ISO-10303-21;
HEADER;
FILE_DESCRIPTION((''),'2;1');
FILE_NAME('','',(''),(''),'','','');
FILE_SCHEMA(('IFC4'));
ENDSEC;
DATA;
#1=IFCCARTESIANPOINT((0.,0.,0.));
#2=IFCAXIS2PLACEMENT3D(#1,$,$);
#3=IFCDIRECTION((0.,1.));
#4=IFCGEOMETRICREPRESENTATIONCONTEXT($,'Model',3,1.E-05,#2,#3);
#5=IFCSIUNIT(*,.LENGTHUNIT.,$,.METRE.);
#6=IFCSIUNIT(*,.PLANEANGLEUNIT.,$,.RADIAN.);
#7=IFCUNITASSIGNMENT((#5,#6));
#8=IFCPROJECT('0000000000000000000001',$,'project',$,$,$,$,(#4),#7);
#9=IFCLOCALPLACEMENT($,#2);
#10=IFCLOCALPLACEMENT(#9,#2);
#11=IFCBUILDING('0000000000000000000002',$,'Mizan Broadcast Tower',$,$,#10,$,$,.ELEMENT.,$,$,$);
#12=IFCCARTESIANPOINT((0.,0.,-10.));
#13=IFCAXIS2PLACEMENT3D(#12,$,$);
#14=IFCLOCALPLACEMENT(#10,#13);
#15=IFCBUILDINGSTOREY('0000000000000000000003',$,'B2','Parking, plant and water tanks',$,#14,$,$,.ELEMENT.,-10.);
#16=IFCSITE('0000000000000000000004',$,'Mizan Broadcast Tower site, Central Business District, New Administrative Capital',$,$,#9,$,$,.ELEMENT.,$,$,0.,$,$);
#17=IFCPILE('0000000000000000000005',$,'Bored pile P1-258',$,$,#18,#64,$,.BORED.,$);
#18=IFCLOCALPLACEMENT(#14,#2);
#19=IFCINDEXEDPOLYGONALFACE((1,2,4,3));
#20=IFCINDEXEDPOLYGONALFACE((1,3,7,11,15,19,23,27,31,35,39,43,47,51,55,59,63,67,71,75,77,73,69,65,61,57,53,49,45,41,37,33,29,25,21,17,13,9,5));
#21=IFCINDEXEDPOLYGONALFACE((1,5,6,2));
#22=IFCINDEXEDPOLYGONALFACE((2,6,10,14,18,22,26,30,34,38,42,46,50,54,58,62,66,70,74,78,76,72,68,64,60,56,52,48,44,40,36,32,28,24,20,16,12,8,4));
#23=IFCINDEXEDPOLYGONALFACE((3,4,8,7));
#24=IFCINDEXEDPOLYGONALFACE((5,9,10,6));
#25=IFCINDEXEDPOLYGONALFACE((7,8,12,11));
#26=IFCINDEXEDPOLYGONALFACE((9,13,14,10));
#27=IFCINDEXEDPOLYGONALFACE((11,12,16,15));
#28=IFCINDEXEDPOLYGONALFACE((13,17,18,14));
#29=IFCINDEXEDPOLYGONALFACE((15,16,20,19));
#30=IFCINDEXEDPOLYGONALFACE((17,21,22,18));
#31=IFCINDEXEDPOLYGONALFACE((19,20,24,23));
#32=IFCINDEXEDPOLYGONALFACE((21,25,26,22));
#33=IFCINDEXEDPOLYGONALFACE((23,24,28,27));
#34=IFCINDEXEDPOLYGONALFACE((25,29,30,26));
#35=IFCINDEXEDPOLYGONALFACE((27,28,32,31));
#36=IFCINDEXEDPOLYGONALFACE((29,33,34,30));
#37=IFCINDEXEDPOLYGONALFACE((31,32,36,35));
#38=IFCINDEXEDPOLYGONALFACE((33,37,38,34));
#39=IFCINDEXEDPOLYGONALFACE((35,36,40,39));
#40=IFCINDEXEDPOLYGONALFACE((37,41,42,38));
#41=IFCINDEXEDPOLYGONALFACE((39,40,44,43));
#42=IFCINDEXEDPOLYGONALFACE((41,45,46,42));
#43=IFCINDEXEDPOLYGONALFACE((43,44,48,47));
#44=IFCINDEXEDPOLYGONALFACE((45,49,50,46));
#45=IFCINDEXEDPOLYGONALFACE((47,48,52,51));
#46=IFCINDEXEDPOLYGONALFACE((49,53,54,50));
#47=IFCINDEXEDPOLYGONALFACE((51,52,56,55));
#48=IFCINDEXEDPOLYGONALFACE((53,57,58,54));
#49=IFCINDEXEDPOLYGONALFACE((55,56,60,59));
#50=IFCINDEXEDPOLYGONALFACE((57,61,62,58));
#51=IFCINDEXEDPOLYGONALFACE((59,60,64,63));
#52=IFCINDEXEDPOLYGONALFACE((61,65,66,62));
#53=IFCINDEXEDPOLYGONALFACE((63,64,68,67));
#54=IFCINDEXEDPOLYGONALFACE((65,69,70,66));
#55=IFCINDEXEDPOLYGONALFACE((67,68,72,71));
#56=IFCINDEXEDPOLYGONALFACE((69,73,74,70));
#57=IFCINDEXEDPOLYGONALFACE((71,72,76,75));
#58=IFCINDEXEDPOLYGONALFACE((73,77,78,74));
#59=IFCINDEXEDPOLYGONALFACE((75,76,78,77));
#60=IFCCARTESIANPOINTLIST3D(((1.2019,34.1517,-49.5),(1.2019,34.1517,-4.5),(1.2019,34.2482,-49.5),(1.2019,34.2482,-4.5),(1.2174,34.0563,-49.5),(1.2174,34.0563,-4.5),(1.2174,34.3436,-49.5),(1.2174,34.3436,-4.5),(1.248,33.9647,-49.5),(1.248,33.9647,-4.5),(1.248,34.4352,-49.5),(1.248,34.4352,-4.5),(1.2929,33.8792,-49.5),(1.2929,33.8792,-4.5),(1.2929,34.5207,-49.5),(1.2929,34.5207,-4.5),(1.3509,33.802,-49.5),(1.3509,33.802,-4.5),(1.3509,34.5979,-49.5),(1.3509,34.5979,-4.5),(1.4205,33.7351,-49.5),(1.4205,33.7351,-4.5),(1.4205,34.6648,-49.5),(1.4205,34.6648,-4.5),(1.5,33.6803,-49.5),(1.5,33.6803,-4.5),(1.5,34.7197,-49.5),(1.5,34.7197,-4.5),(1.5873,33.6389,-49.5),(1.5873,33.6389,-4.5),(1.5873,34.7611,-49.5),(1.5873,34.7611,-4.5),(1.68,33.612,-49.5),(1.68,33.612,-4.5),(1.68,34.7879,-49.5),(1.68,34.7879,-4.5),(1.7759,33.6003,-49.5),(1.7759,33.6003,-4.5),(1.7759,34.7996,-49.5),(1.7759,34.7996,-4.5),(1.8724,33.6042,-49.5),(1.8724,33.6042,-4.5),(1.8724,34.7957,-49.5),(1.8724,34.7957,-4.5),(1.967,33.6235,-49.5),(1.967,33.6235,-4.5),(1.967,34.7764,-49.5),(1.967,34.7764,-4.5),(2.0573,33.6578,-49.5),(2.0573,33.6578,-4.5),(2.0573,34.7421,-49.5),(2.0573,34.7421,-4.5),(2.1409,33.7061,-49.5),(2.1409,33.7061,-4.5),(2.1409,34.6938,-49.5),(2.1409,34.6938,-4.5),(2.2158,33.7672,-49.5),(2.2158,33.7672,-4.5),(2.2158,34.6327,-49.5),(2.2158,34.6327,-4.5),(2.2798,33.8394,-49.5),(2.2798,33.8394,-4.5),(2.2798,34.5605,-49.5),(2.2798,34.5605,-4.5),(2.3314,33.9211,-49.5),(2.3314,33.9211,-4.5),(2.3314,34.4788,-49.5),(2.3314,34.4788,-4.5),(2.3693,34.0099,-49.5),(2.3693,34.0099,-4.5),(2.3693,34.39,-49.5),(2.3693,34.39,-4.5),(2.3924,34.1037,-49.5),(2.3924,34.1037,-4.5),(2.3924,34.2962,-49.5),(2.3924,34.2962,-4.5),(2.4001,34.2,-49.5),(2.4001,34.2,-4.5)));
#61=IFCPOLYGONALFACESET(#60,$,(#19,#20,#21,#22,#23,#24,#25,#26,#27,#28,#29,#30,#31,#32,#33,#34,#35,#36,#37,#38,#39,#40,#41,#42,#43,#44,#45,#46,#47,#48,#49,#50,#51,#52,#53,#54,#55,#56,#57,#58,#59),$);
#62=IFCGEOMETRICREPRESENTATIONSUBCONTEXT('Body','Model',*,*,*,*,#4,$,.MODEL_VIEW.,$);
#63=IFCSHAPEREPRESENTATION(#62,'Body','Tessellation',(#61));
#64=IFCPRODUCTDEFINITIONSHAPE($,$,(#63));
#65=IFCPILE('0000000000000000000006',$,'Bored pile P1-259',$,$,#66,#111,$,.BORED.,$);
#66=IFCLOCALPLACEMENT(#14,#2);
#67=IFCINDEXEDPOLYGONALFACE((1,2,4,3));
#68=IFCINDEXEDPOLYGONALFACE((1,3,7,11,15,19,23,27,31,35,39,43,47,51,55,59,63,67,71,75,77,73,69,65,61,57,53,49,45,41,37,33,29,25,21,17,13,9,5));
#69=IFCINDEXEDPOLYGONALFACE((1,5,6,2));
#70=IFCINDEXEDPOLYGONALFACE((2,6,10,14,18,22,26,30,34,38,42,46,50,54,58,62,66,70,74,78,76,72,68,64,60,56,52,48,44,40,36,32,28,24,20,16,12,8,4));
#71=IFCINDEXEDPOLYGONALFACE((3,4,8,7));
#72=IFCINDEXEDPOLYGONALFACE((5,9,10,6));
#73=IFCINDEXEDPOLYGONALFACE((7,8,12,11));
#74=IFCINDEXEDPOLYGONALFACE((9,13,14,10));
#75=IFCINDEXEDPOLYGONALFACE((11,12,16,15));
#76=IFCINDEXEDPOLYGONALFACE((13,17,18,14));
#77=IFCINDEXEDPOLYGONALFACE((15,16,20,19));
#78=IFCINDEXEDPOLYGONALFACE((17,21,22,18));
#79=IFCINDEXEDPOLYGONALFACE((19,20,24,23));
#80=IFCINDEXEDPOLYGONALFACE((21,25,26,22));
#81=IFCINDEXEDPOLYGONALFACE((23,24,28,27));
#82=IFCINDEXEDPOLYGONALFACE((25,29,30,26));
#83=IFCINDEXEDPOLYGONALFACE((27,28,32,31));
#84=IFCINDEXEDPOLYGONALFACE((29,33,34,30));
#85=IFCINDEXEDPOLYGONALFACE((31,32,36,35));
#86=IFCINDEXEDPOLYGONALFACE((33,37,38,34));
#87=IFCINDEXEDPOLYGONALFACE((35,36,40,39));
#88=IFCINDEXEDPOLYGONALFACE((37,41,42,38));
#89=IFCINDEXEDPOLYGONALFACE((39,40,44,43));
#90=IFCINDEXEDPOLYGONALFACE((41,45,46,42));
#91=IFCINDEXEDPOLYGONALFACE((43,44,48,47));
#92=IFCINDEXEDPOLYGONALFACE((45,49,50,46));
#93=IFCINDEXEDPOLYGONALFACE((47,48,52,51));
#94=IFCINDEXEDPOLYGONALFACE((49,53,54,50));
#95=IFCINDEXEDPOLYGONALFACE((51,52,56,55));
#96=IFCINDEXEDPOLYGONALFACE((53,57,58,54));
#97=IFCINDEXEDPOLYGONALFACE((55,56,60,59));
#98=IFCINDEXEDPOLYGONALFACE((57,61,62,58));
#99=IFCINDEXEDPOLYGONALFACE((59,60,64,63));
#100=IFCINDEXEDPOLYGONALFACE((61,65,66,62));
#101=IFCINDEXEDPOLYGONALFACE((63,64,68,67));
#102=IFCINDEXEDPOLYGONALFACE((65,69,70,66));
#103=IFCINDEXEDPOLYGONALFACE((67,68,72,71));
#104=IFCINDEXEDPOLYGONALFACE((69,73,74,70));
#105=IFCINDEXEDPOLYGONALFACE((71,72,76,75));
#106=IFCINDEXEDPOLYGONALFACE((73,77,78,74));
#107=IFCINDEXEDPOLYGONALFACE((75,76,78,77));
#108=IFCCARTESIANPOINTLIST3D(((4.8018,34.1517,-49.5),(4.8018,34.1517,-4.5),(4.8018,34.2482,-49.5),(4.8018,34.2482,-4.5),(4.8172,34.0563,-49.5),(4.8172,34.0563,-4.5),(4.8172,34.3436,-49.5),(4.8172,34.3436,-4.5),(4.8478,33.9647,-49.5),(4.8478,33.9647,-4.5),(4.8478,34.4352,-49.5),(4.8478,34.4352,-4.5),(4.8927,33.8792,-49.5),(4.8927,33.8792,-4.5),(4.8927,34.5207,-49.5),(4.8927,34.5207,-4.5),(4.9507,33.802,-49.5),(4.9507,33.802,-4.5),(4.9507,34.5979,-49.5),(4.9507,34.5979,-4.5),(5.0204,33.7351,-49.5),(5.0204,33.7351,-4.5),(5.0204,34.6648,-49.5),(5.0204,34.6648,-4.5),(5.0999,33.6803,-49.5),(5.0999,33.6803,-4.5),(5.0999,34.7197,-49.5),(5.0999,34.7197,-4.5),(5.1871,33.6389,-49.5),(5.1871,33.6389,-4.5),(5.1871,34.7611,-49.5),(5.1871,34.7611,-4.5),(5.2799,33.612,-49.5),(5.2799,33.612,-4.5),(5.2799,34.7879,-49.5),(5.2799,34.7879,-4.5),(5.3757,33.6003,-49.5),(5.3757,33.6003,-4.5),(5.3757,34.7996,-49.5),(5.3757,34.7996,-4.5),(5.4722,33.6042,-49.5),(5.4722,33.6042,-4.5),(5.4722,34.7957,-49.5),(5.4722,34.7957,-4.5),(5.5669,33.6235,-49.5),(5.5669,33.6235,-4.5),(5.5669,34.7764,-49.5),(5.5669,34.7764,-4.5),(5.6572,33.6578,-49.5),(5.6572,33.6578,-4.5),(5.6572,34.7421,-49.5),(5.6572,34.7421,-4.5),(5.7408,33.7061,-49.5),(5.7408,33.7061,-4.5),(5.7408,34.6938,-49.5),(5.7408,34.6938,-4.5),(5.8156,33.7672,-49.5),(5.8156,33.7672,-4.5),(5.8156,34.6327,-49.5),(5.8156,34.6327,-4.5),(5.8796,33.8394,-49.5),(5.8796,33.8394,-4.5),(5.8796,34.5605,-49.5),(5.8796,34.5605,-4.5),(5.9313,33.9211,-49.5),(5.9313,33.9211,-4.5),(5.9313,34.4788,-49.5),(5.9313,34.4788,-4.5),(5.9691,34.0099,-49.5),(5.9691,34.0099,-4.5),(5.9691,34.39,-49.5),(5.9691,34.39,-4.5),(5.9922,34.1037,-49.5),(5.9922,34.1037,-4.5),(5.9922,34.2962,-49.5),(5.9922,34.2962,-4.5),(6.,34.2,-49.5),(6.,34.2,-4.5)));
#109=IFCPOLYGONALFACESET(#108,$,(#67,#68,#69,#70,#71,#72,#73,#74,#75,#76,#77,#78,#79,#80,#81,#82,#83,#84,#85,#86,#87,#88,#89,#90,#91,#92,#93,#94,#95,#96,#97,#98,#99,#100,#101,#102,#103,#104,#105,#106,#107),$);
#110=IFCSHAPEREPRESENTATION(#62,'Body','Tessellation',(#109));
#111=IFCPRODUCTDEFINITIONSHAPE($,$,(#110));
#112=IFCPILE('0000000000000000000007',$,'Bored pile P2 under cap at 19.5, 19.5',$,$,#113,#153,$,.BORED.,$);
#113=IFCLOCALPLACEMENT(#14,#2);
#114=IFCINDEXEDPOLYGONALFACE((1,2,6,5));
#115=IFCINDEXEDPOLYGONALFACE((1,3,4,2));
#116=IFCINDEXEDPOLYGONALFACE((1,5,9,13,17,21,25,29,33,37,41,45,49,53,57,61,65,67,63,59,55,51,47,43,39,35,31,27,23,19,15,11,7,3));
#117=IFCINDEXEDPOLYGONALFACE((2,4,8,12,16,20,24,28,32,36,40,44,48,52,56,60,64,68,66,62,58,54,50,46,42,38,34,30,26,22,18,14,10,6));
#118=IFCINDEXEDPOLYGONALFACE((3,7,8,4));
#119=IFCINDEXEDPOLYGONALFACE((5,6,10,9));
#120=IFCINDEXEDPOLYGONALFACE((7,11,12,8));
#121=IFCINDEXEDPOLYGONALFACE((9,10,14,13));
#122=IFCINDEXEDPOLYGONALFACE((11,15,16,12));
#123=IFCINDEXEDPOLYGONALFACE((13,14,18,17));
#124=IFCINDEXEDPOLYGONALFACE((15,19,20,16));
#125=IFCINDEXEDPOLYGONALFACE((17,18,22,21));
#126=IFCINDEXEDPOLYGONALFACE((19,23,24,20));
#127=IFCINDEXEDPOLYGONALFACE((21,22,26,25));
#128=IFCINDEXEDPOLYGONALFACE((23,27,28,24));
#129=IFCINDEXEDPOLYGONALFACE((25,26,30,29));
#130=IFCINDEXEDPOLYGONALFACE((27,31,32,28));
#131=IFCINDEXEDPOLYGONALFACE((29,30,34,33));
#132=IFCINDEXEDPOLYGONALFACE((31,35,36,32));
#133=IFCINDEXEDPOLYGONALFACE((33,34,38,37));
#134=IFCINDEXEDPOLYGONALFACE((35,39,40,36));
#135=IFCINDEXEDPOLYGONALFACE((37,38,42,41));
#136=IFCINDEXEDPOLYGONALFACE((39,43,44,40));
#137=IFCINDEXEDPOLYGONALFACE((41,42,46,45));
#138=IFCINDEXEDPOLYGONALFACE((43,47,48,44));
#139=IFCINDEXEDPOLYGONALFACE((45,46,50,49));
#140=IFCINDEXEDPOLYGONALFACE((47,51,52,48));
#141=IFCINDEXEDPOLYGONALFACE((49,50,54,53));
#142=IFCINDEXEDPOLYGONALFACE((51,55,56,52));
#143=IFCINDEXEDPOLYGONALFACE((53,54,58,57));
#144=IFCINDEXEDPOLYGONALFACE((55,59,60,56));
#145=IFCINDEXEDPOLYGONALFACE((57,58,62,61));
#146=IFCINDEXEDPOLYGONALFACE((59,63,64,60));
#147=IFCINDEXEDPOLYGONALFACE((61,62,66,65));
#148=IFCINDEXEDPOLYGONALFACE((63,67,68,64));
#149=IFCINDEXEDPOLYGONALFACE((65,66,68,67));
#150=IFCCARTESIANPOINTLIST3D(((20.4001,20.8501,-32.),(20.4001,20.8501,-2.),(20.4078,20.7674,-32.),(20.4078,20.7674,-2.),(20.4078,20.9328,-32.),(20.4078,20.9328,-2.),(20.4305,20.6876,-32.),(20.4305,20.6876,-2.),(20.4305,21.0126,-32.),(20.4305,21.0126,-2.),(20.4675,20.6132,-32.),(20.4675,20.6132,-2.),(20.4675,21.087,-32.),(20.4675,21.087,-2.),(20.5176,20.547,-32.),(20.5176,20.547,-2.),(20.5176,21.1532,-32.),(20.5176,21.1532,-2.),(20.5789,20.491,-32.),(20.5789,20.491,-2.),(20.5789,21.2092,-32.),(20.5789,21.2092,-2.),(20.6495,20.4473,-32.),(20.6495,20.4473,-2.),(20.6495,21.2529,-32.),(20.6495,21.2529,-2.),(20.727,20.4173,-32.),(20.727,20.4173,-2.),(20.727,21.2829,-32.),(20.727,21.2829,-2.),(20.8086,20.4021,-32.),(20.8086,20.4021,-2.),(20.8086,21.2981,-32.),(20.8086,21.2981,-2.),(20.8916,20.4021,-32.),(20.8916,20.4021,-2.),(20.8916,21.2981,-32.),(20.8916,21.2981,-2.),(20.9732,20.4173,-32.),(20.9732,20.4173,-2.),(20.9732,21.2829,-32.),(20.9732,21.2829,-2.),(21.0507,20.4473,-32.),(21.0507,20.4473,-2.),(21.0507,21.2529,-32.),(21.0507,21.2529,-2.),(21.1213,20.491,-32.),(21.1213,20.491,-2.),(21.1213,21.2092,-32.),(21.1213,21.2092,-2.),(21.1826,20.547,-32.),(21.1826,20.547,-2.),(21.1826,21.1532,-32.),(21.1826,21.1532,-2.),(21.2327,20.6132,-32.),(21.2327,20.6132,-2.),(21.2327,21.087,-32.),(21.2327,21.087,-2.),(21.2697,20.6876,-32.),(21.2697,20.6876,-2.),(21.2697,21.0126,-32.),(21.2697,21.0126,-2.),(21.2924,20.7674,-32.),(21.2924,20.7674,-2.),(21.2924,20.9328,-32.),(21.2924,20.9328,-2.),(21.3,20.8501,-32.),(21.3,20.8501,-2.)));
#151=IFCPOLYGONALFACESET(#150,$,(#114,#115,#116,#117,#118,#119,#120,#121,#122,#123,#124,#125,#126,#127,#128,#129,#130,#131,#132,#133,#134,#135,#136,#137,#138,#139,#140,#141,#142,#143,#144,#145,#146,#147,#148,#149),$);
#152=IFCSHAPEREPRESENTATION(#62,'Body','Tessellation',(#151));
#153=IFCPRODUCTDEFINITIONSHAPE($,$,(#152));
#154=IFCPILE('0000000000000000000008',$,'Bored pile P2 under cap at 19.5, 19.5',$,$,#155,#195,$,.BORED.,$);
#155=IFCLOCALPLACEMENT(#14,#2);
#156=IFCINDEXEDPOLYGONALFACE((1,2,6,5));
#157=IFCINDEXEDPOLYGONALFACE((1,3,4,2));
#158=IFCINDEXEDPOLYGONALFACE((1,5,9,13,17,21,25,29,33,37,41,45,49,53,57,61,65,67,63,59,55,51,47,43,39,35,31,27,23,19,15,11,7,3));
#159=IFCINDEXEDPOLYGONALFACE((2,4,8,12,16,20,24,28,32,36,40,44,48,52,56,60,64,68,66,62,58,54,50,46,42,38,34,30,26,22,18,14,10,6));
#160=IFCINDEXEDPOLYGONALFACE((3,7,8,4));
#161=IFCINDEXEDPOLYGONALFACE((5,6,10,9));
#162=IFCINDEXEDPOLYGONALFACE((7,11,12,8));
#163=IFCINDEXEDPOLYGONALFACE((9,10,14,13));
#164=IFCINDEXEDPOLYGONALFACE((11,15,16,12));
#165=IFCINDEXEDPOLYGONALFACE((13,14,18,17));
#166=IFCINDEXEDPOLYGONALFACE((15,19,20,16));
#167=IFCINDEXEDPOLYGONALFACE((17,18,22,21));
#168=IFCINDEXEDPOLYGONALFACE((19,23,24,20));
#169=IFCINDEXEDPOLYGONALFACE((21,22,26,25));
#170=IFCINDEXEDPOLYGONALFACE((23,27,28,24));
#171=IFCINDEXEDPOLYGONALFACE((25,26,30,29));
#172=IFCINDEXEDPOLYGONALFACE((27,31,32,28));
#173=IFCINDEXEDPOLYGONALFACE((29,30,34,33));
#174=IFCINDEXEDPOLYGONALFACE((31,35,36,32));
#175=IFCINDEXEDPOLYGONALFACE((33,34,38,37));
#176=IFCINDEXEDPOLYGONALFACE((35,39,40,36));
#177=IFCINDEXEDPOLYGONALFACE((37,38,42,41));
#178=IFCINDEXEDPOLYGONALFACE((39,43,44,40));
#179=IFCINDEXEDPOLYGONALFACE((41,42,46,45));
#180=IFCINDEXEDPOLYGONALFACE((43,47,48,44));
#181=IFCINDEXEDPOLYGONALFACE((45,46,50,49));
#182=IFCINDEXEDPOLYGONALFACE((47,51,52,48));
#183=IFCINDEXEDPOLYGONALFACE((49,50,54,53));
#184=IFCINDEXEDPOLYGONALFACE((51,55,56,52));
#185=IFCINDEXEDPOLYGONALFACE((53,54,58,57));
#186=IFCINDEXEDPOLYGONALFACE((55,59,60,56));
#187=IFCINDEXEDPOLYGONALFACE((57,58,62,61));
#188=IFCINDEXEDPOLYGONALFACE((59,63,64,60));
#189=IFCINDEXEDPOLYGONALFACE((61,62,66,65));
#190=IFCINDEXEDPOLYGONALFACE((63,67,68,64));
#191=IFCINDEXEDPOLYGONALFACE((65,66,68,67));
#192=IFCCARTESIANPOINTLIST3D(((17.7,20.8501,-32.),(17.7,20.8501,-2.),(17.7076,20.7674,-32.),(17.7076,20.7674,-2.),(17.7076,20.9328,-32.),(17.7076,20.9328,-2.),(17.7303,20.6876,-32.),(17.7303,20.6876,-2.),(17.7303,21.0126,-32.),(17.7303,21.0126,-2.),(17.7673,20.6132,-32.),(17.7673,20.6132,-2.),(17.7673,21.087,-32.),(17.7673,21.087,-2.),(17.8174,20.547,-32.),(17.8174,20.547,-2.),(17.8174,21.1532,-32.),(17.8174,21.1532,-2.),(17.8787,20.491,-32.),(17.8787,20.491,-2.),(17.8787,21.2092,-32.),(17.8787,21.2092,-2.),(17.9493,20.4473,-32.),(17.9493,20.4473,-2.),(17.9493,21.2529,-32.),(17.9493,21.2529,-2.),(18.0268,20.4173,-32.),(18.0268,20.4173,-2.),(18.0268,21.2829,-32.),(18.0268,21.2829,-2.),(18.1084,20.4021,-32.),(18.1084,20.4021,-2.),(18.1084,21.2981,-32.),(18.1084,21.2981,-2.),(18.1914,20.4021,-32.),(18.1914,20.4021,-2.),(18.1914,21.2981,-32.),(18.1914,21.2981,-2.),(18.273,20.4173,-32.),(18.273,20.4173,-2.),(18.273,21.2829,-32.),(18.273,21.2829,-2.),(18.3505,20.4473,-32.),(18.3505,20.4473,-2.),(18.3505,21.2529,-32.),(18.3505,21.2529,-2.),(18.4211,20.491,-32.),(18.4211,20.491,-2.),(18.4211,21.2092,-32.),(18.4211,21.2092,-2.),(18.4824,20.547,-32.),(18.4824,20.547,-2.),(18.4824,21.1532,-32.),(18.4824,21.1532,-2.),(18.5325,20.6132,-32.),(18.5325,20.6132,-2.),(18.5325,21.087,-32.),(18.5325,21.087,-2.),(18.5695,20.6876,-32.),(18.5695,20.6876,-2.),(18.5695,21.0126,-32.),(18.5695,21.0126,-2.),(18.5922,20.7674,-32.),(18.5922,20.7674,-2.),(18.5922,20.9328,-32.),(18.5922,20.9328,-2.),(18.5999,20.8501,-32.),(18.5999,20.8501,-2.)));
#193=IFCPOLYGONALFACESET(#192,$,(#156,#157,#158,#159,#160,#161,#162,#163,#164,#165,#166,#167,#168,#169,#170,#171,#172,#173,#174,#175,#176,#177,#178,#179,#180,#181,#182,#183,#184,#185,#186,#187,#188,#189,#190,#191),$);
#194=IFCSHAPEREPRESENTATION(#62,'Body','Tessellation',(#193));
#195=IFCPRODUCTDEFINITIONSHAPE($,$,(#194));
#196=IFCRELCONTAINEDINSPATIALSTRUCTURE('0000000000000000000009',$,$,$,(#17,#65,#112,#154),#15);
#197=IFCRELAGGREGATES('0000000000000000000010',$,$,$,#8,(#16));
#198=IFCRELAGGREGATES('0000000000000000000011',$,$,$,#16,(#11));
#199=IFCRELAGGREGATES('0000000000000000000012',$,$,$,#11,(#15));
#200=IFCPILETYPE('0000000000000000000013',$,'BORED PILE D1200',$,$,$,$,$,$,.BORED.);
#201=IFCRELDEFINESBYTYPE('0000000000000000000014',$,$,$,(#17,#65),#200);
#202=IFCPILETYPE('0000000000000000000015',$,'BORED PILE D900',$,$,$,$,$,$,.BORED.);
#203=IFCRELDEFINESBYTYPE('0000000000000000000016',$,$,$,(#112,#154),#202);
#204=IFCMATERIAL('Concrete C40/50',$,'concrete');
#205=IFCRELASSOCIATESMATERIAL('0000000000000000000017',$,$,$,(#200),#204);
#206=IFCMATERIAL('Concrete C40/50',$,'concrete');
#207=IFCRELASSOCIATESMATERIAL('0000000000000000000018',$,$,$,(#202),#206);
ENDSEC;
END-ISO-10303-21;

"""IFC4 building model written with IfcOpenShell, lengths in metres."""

from ifc_helpers import new_model, si_unit, direction, frame, origin, origin_2d, place, context, subcontext, project, spatial, circle, extrude, material, material_profile, profile_set, type_object, element, save


model = new_model("IFC4")

# Units and contexts
model_context = context("Model", 3, precision=1e-05, world=origin(), true_north=direction((0.0, 1.0)))
body_context = subcontext(model_context, "Body", "Model", "MODEL_VIEW")
ifc_project = project(units=[si_unit("LENGTHUNIT", "METRE"), si_unit("PLANEANGLEUNIT", "RADIAN")], contexts=[model_context])

# Site, building, storey
site_placement = place(None, origin())
site = spatial("IfcSite", under=ifc_project, at=site_placement, Name="Mizan Broadcast Tower site, Central Business District, New Administrative Capital", CompositionType="ELEMENT", RefElevation=0.0)
building_placement = place(site_placement, origin())
building = spatial("IfcBuilding", under=site, at=building_placement, Name="Mizan Broadcast Tower", CompositionType="ELEMENT")
storey_placement = place(building_placement, frame((0.0, 0.0, -10.0)))
storey = spatial("IfcBuildingStorey", under=building, at=storey_placement, Name="B2", Description="Parking, plant and water tanks", CompositionType="ELEMENT", Elevation=-10.0)

# Piles
ifc_material_1 = material(Name="Concrete C40/50", Category="concrete")
ifc_material_profile_1 = material_profile(ifc_material_1, circle(Radius=0.6001, at=origin_2d()), Name="D1200")
ifc_profile_set_1 = profile_set([ifc_material_profile_1], Name="Concrete C40/50")
pile_type_1 = type_object("IfcPileType", Name="BORED PILE D1200", PredefinedType="BORED", material=ifc_profile_set_1)
for number, where, z_axis, x_axis, name in (
    (1, (1.8, 34.2, -4.5), (0.0, 0.0, -1.0), (1.0, 0.0, 0.0), "Bored pile P1-258"),
    (2, (5.3999, 34.2, -4.5), (0.0, 0.0, -1.0), (1.0, 0.0, 0.0), "Bored pile P1-259"),
):
    element("IfcPile", number, at=place(storey_placement, frame(where, z_axis=z_axis, x_axis=x_axis)), inside=storey, type_object=pile_type_1, Name=name, PredefinedType="BORED", context=body_context, shape_type="SweptSolid", body=[
        extrude(circle(Radius=0.6001, at=origin_2d()), origin(), (0.0, 0.0, 1.0), 45.0),
    ])
ifc_material_2 = material(Name="Concrete C40/50", Category="concrete")
ifc_material_profile_2 = material_profile(ifc_material_2, circle(Radius=0.45, at=origin_2d()), Name="D900")
ifc_profile_set_2 = profile_set([ifc_material_profile_2], Name="Concrete C40/50")
pile_type_2 = type_object("IfcPileType", Name="BORED PILE D900", PredefinedType="BORED", material=ifc_profile_set_2)
for number, where, z_axis, x_axis, name in (
    (3, (20.8501, 20.8501, -2.0), (0.0, 0.0, -1.0), (1.0, 0.0, 0.0), "Bored pile P2 under cap at 19.5, 19.5"),
    (4, (18.1499, 20.8501, -2.0), (0.0, 0.0, -1.0), (1.0, 0.0, 0.0), "Bored pile P2 under cap at 19.5, 19.5"),
):
    element("IfcPile", number, at=place(storey_placement, frame(where, z_axis=z_axis, x_axis=x_axis)), inside=storey, type_object=pile_type_2, Name=name, PredefinedType="BORED", context=body_context, shape_type="SweptSolid", body=[
        extrude(circle(Radius=0.45, at=origin_2d()), origin(), (0.0, 0.0, 1.0), 30.0),
    ])

save(model, "model.ifc")
